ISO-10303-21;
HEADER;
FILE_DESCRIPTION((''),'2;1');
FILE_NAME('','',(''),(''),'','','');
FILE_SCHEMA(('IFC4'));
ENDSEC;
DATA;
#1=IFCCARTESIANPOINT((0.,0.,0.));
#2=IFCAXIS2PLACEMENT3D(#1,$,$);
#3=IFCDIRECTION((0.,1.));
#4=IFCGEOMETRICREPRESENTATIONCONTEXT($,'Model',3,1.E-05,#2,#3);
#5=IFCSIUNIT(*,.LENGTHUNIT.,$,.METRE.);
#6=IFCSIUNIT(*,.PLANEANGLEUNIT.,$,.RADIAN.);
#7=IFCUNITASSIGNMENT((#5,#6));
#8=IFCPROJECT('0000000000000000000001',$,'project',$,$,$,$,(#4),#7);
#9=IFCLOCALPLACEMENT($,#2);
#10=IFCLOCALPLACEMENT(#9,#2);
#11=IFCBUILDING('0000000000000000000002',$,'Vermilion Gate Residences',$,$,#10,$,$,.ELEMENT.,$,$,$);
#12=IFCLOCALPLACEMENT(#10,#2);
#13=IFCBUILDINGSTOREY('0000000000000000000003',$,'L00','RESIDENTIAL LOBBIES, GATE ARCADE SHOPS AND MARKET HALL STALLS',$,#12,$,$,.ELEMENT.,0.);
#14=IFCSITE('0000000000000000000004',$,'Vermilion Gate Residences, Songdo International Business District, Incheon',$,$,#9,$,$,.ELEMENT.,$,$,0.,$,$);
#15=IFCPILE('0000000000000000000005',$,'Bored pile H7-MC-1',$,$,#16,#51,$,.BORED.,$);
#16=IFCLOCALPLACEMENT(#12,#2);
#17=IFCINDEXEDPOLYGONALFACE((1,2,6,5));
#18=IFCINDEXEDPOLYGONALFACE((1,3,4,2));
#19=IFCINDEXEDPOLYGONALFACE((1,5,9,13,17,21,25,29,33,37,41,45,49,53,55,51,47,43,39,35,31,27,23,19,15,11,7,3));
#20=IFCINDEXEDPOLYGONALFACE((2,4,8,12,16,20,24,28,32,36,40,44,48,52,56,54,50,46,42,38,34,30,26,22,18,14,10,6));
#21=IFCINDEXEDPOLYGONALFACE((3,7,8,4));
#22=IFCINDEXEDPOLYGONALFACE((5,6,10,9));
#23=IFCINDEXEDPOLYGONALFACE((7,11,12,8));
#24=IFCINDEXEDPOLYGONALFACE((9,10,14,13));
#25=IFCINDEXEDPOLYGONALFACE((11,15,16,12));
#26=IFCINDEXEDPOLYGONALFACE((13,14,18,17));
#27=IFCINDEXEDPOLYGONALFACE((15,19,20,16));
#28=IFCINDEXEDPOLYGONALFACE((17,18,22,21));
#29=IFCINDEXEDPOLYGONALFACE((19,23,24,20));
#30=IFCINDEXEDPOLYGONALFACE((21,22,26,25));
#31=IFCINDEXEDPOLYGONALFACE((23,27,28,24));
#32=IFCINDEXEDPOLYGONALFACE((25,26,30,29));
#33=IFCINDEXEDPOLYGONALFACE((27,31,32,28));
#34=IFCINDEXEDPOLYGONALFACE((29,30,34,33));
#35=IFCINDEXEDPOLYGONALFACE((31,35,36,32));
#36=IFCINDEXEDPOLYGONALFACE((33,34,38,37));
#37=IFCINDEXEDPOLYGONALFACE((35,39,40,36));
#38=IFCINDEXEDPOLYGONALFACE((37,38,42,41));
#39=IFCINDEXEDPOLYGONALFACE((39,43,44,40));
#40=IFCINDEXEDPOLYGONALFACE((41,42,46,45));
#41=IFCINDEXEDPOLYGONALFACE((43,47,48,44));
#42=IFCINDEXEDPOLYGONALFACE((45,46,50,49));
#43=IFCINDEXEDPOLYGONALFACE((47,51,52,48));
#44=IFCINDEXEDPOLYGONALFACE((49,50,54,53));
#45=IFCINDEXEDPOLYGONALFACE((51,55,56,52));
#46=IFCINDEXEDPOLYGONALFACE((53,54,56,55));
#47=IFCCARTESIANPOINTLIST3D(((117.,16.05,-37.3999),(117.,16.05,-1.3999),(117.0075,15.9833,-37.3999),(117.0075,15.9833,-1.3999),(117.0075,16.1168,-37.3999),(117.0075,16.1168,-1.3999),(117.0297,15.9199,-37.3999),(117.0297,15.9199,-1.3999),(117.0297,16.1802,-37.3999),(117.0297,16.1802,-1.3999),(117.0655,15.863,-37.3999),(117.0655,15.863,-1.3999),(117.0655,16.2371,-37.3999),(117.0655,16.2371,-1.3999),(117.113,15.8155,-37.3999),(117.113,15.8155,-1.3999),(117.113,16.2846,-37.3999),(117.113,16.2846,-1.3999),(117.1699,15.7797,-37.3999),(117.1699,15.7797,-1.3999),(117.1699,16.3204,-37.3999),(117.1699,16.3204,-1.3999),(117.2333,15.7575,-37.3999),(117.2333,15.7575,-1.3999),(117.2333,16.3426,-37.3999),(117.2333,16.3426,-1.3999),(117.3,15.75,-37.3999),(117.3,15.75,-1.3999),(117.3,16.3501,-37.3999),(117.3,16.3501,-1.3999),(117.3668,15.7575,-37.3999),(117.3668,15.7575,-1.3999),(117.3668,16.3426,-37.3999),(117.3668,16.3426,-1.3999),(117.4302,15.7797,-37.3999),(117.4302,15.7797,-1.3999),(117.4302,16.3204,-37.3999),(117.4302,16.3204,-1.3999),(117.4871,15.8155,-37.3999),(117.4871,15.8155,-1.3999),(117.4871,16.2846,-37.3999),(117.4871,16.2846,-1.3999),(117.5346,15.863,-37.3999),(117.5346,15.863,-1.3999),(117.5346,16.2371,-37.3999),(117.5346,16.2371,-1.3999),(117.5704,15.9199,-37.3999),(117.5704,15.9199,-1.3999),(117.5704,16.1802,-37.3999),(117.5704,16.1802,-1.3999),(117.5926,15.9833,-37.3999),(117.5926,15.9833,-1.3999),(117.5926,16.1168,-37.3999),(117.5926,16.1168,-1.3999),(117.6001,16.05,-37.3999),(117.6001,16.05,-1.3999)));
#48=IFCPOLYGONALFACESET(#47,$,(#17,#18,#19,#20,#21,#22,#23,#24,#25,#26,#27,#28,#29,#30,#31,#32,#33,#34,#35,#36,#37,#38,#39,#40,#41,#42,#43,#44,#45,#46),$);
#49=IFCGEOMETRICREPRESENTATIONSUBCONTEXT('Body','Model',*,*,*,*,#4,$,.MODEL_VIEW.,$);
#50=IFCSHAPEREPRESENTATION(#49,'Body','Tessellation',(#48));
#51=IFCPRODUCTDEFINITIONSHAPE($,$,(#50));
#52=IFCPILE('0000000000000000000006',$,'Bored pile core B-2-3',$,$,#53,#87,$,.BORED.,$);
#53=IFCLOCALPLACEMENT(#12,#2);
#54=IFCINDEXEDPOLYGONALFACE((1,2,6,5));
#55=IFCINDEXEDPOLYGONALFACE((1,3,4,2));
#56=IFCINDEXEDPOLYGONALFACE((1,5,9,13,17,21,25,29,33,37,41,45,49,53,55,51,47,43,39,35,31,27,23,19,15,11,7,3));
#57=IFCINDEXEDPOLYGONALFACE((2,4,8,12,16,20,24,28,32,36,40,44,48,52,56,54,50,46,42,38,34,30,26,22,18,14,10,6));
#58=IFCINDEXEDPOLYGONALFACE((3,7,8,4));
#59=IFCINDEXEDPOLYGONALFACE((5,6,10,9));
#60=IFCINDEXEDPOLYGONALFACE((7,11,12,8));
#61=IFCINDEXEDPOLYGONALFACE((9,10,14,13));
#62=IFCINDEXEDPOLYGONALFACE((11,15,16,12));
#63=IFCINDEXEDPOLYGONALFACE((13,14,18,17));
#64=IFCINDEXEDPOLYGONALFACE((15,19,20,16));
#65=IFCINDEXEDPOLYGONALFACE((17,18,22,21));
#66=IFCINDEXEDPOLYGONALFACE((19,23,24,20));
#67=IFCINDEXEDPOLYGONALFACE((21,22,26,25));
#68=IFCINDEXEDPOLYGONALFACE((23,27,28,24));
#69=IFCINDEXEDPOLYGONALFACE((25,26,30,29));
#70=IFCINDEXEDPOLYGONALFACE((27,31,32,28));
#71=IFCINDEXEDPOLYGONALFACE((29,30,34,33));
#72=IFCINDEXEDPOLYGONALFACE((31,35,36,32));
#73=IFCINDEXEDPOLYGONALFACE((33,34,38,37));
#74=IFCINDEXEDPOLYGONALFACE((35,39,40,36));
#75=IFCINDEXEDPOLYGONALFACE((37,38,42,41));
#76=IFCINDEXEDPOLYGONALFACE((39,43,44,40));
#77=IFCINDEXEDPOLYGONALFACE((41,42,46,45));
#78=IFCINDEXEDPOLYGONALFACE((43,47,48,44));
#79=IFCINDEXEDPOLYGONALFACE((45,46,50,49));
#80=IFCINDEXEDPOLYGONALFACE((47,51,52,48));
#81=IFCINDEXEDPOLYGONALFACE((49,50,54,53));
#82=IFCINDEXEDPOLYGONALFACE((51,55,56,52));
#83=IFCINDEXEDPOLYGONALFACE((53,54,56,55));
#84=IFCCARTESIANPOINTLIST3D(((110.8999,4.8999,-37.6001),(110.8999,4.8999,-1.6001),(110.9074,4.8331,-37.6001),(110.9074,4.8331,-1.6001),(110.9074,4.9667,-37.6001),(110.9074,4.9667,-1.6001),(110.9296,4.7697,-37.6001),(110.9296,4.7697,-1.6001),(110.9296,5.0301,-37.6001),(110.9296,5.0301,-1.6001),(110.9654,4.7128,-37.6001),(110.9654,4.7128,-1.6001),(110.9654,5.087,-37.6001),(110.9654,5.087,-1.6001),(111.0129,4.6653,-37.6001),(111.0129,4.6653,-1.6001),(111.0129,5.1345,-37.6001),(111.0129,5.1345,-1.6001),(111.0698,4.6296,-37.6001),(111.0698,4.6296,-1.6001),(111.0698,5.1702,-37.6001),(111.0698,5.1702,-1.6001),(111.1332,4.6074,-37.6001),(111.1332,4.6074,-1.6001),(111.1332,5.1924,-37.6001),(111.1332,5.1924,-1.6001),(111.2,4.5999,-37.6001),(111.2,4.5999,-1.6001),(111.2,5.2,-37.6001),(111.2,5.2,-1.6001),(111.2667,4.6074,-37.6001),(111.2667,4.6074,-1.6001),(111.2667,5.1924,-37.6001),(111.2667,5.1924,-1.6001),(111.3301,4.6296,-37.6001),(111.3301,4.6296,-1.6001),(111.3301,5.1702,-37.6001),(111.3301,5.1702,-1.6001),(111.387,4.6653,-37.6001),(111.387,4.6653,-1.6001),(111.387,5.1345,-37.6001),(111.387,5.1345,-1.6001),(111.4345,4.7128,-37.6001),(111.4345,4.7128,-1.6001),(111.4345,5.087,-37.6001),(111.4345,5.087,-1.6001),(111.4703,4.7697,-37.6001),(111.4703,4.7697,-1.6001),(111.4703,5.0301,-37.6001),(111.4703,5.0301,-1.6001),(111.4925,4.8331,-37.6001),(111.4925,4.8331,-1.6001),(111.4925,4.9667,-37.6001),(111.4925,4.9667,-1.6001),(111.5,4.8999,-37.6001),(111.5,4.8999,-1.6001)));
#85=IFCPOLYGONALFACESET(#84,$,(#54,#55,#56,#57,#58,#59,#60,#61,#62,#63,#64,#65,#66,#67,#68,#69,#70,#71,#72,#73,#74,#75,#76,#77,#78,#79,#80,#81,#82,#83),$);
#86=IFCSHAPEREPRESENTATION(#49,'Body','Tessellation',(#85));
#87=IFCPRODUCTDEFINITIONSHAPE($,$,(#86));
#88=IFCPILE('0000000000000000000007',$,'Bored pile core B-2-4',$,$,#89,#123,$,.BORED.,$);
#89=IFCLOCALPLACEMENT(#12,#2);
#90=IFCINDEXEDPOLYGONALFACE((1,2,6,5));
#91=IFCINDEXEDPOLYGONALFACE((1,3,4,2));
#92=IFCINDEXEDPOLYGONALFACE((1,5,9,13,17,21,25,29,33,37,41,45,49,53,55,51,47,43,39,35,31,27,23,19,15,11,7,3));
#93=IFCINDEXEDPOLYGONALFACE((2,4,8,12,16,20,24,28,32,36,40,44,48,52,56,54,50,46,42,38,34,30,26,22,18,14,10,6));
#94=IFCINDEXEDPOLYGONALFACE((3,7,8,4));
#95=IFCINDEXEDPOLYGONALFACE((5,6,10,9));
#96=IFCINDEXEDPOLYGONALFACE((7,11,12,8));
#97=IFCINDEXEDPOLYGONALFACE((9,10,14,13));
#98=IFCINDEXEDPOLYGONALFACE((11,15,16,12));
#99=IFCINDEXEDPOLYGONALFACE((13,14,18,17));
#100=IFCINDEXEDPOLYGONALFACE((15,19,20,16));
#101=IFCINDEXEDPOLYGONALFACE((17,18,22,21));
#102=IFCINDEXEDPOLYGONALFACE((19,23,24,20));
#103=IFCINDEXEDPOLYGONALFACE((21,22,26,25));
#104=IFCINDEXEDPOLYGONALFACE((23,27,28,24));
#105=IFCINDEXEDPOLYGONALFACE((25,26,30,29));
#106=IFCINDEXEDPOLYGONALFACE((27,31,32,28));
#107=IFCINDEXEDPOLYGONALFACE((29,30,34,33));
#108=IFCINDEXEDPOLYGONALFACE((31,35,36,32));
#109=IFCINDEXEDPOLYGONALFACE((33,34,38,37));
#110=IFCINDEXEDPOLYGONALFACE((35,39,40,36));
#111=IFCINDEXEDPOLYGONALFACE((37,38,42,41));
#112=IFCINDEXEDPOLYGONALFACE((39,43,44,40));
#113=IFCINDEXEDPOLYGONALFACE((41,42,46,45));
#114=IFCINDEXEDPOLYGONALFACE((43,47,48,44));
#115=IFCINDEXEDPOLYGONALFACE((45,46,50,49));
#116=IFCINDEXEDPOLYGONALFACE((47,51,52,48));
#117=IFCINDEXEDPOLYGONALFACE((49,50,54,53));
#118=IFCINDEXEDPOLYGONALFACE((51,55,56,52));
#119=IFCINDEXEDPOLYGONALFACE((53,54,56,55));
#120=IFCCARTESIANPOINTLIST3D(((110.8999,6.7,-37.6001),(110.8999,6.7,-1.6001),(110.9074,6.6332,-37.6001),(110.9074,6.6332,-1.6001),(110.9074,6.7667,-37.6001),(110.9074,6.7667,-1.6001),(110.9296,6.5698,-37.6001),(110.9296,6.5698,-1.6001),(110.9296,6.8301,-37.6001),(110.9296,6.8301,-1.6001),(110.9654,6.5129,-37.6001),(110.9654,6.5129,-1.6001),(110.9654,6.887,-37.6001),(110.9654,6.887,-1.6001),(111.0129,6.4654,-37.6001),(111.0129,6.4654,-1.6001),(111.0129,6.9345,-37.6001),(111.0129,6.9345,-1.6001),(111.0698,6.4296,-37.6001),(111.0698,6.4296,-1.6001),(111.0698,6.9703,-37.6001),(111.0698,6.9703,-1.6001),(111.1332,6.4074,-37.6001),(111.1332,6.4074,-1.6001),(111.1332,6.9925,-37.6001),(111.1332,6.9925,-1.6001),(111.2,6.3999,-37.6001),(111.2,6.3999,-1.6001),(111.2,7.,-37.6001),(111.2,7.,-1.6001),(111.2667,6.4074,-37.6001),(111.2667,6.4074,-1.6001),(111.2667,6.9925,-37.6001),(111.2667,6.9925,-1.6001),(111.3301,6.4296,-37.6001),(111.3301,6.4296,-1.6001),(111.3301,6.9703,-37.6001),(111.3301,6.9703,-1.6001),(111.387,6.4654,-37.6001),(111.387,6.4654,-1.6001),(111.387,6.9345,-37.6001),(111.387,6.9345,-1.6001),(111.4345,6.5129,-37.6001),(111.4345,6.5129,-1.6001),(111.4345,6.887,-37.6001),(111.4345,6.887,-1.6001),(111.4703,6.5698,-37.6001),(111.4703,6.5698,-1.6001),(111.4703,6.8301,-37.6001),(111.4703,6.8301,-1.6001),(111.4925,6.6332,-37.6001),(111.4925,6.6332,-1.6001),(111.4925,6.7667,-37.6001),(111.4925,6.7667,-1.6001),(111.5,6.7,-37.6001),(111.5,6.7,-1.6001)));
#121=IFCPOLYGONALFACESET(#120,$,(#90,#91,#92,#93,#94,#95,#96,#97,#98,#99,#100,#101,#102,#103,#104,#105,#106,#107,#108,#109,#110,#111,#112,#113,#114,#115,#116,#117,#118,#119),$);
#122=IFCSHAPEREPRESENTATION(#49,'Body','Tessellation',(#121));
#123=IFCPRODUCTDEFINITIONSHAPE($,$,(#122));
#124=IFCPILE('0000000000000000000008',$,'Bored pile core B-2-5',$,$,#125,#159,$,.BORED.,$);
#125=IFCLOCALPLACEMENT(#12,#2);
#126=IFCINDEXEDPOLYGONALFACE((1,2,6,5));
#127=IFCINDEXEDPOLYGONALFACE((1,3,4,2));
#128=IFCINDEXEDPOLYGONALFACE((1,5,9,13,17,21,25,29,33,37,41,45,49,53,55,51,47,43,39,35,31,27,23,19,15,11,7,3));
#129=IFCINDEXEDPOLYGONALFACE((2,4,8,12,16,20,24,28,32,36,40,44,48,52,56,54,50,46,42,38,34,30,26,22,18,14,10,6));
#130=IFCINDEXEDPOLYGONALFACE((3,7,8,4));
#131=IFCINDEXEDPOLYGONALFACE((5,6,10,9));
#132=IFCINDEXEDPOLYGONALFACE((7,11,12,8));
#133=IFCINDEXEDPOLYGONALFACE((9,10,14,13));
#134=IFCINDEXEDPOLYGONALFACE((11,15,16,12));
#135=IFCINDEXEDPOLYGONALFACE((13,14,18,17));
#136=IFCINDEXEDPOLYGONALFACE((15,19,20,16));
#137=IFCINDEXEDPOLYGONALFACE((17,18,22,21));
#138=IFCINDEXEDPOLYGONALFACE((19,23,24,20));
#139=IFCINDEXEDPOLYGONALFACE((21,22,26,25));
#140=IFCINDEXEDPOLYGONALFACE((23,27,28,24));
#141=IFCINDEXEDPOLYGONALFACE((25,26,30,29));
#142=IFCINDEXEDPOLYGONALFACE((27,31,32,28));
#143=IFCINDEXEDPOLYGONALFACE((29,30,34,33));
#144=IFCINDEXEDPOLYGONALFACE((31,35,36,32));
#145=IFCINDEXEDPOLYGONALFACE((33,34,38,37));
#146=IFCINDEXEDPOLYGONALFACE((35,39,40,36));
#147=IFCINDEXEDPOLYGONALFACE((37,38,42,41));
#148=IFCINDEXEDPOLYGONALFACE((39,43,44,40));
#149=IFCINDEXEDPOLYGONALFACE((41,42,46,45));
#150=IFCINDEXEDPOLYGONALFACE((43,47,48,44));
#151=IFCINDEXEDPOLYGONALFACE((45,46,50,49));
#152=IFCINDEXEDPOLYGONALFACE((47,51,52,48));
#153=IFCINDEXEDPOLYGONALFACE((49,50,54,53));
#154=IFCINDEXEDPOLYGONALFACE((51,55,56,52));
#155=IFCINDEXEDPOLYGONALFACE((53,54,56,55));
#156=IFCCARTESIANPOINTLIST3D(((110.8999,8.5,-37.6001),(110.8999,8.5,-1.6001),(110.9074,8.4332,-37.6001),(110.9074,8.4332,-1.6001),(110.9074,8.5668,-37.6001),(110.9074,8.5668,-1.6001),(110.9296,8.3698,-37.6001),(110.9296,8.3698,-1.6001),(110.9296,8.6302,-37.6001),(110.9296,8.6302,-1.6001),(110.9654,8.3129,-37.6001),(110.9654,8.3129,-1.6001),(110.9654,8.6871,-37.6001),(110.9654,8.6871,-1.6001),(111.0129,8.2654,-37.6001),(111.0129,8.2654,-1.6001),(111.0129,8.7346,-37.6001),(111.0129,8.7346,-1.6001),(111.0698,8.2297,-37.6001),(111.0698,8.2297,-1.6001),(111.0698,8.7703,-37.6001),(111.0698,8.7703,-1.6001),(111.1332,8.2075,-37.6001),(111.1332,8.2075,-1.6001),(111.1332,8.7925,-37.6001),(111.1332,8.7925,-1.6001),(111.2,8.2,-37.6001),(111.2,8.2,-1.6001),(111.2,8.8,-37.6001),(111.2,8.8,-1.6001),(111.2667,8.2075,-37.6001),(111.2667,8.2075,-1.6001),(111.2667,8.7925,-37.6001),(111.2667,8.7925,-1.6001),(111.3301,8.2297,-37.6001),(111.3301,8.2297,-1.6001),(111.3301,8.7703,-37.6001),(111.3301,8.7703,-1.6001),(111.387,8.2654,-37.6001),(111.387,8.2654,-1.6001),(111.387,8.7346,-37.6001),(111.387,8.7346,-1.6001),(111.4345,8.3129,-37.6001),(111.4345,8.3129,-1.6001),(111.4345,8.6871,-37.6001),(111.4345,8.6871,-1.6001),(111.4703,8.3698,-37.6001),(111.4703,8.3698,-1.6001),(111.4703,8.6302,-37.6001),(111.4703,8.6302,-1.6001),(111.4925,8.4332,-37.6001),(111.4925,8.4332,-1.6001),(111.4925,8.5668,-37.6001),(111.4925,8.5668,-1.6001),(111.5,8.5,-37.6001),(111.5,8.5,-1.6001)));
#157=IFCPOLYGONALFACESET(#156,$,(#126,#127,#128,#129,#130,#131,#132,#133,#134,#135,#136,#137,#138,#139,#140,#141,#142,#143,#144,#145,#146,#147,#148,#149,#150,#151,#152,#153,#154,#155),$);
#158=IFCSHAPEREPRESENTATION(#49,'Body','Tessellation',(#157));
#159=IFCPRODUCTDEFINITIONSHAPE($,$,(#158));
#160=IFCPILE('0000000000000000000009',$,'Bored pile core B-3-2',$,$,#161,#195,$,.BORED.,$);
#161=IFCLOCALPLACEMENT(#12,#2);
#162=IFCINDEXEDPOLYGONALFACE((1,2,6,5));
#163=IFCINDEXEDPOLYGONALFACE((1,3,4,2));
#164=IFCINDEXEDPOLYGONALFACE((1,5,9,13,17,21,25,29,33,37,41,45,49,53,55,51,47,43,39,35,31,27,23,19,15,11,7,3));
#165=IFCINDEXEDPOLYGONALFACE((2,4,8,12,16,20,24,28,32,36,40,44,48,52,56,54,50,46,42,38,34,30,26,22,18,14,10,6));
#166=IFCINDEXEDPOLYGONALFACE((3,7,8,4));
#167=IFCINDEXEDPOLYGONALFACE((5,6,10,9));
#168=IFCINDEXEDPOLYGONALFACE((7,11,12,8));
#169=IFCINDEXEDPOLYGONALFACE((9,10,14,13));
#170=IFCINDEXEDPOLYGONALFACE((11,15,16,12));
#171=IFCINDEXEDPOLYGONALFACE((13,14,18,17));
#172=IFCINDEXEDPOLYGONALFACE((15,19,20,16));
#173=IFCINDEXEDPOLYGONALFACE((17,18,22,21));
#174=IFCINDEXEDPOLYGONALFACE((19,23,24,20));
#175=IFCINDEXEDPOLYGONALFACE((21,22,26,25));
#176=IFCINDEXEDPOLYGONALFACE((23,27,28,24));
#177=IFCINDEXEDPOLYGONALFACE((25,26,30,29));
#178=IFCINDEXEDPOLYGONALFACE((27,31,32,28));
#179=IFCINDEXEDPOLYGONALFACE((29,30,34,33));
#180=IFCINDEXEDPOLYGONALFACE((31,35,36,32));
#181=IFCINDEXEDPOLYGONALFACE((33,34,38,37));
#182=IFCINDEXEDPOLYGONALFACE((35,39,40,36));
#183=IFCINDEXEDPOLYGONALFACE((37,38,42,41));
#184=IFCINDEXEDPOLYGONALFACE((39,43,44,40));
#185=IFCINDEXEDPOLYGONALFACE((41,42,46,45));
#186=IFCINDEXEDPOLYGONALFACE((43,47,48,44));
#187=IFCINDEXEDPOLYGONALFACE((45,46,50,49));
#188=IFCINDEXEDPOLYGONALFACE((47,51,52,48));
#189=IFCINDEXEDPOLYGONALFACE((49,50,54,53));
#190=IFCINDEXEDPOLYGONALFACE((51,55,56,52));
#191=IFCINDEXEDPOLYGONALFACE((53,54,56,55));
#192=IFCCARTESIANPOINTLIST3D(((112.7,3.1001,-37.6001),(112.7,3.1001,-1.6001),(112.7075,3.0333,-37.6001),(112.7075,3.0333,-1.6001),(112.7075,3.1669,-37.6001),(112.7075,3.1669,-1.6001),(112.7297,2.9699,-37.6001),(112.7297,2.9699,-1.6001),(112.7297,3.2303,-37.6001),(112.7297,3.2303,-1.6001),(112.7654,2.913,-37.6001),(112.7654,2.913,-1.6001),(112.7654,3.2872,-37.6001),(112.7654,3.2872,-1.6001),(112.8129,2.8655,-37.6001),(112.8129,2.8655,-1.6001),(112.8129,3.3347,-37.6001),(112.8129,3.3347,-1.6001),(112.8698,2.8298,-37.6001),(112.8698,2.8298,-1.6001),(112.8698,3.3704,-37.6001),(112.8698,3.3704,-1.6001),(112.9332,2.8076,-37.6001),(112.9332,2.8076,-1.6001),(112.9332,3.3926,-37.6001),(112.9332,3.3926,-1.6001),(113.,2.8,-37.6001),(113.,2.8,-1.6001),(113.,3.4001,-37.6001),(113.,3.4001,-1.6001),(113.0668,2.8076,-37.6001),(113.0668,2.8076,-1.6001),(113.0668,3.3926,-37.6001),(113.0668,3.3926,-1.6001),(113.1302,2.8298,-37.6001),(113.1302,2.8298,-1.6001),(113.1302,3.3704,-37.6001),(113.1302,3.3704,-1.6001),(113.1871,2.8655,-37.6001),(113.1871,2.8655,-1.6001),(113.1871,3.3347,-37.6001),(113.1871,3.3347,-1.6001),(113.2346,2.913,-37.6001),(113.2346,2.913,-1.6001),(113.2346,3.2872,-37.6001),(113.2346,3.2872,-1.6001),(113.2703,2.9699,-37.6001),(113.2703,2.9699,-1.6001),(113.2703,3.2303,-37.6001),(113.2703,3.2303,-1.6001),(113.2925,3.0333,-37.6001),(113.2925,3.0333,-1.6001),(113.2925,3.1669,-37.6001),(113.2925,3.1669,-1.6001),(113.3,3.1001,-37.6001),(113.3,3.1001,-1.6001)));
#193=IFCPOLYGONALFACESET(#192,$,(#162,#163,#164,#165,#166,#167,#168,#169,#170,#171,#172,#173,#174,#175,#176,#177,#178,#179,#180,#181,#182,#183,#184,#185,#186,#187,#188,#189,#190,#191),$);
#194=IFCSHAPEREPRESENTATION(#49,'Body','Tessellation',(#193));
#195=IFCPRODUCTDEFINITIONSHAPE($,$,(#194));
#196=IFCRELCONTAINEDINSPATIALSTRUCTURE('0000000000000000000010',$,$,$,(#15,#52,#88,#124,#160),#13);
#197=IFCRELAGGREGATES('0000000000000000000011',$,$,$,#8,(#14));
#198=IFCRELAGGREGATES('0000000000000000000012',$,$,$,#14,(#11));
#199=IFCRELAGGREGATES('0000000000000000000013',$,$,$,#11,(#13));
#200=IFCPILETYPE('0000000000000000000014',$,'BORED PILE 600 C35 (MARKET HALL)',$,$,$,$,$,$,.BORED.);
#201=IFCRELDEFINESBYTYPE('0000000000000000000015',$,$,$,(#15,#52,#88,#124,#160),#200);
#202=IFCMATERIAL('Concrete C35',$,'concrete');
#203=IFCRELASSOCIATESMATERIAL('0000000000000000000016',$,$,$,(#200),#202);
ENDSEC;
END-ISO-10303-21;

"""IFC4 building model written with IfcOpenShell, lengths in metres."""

from ifc_helpers import new_model, si_unit, direction, frame, origin, origin_2d, place, context, subcontext, project, spatial, circle, extrude, material, material_profile, profile_set, type_object, element, save


model = new_model("IFC4")

# Units and contexts
model_context = context("Model", 3, precision=1e-05, world=origin(), true_north=direction((0.0, 1.0)))
body_context = subcontext(model_context, "Body", "Model", "MODEL_VIEW")
ifc_project = project(units=[si_unit("LENGTHUNIT", "METRE"), si_unit("PLANEANGLEUNIT", "RADIAN")], contexts=[model_context])

# Site, building, storey
site_placement = place(None, origin())
site = spatial("IfcSite", under=ifc_project, at=site_placement, Name="Vermilion Gate Residences, Songdo International Business District, Incheon", CompositionType="ELEMENT", RefElevation=0.0)
building_placement = place(site_placement, origin())
building = spatial("IfcBuilding", under=site, at=building_placement, Name="Vermilion Gate Residences", CompositionType="ELEMENT")
storey_placement = place(building_placement, origin())
storey = spatial("IfcBuildingStorey", under=building, at=storey_placement, Name="L00", Description="RESIDENTIAL LOBBIES, GATE ARCADE SHOPS AND MARKET HALL STALLS", CompositionType="ELEMENT", Elevation=0.0)

# Piles
ifc_material_1 = material(Name="Concrete C35", Category="concrete")
ifc_material_profile_1 = material_profile(ifc_material_1, circle(Radius=0.3, at=origin_2d()), Name="BORED PILE 600 C35 (MARKET HALL)")
ifc_profile_set_1 = profile_set([ifc_material_profile_1], Name="Concrete C35")
pile_type = type_object("IfcPileType", Name="BORED PILE 600 C35 (MARKET HALL)", PredefinedType="BORED", material=ifc_profile_set_1)
for number, where, z_axis, x_axis, name in (
    (1, (117.3, 16.05, -1.3999), (0.0, 0.0, -1.0), (1.0, 0.0, 0.0), "Bored pile H7-MC-1"),
    (2, (111.2, 4.8999, -1.6001), (0.0, 0.0, -1.0), (1.0, 0.0, 0.0), "Bored pile core B-2-3"),
    (3, (111.2, 6.7, -1.6001), (0.0, 0.0, -1.0), (1.0, 0.0, 0.0), "Bored pile core B-2-4"),
    (4, (111.2, 8.5, -1.6001), (0.0, 0.0, -1.0), (1.0, 0.0, 0.0), "Bored pile core B-2-5"),
    (5, (113.0, 3.1001, -1.6001), (0.0, 0.0, -1.0), (1.0, 0.0, 0.0), "Bored pile core B-3-2"),
):
    element("IfcPile", number, at=place(storey_placement, frame(where, z_axis=z_axis, x_axis=x_axis)), inside=storey, type_object=pile_type, Name=name, PredefinedType="BORED", context=body_context, shape_type="SweptSolid", body=[
        extrude(circle(Radius=0.3, at=origin_2d()), origin(), (0.0, 0.0, 1.0), 36.0),
    ])

save(model, "model.ifc")
